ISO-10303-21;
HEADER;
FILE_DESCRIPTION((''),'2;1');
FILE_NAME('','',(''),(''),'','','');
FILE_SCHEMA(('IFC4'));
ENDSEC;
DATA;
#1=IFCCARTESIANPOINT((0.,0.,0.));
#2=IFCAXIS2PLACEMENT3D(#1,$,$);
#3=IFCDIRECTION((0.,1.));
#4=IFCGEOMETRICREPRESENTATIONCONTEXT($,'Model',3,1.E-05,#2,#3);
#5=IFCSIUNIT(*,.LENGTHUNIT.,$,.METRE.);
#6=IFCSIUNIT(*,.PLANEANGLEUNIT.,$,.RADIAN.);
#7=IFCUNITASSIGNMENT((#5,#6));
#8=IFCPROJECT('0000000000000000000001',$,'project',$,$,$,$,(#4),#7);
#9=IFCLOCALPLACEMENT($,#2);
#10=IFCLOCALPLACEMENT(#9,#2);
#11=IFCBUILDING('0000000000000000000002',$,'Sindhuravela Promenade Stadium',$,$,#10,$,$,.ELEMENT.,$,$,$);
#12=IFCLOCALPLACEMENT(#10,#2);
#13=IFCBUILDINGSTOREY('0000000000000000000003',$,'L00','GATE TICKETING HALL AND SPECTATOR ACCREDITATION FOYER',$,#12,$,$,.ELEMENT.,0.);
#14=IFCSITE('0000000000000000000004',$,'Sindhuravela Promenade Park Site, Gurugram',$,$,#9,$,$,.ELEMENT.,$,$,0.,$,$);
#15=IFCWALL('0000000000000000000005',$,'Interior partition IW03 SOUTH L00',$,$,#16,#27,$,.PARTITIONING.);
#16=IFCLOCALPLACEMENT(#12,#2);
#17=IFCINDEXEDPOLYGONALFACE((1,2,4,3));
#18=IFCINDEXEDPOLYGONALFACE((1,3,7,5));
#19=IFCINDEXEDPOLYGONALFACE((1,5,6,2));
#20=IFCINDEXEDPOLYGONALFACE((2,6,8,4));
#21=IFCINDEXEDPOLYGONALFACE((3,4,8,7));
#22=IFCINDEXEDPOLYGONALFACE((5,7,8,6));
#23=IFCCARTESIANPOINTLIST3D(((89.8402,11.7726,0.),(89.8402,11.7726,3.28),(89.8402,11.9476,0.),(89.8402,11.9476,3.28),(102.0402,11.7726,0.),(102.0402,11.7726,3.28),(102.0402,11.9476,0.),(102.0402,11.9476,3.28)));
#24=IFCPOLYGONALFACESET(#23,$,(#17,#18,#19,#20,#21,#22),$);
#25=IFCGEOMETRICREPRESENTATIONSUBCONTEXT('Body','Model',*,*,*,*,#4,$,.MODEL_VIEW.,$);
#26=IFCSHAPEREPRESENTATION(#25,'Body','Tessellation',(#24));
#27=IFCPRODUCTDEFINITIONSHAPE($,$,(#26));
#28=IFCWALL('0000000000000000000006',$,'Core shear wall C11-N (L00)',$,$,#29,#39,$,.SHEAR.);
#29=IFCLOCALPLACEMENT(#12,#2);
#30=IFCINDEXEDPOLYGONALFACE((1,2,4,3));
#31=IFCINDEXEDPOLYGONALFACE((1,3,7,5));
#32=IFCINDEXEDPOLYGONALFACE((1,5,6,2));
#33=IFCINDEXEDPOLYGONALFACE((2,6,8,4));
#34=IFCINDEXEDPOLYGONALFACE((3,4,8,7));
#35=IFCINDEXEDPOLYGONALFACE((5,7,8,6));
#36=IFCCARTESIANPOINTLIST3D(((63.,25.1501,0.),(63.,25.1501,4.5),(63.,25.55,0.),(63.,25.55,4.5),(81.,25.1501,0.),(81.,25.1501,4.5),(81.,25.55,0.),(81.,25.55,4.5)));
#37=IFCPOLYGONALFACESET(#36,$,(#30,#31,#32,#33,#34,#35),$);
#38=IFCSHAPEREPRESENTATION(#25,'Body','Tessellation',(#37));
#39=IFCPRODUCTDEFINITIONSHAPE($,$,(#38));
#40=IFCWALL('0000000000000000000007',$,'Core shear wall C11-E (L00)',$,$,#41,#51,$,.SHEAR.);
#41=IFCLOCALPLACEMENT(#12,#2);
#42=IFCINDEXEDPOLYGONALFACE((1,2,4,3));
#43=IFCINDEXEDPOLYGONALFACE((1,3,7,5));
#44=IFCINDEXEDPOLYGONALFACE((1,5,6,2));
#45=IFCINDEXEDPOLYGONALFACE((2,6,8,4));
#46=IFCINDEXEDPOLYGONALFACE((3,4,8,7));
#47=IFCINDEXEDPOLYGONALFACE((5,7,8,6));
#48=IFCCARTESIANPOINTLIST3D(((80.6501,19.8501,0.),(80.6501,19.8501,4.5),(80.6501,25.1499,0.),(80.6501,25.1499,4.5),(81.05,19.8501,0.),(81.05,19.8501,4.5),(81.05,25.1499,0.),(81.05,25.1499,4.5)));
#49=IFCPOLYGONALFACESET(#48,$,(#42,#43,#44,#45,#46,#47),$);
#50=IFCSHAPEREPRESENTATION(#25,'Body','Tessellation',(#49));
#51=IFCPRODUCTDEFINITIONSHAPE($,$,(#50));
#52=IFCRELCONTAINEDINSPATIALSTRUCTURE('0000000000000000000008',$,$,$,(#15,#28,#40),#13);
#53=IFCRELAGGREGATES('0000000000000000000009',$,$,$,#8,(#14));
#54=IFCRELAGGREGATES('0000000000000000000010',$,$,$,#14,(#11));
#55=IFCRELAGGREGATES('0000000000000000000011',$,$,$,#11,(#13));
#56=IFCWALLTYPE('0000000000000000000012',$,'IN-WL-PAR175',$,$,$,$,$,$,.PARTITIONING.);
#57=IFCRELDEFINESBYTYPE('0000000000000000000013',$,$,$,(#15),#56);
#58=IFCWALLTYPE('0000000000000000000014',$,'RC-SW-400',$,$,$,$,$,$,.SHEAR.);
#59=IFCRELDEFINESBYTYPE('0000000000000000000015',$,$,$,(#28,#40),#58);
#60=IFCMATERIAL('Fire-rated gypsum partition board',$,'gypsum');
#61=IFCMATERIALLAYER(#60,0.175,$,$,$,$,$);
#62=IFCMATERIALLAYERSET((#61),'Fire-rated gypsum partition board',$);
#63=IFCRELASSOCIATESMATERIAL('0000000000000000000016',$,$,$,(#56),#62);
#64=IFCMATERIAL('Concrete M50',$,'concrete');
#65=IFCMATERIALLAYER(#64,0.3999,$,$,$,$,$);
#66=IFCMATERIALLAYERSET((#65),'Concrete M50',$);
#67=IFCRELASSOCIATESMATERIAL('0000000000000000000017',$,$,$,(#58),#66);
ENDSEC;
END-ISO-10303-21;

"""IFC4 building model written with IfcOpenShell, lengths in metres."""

from ifc_helpers import new_model, si_unit, direction, frame, frame_2d, origin, place, context, subcontext, project, spatial, rectangle, extrude, material, layer, layer_set, type_object, element, save


model = new_model("IFC4")

# Units and contexts
model_context = context("Model", 3, precision=1e-05, world=origin(), true_north=direction((0.0, 1.0)))
body_context = subcontext(model_context, "Body", "Model", "MODEL_VIEW")
ifc_project = project(units=[si_unit("LENGTHUNIT", "METRE"), si_unit("PLANEANGLEUNIT", "RADIAN")], contexts=[model_context])

# Site, building, storey
site_placement = place(None, origin())
site = spatial("IfcSite", under=ifc_project, at=site_placement, Name="Sindhuravela Promenade Park Site, Gurugram", CompositionType="ELEMENT", RefElevation=0.0)
building_placement = place(site_placement, origin())
building = spatial("IfcBuilding", under=site, at=building_placement, Name="Sindhuravela Promenade Stadium", CompositionType="ELEMENT")
storey_placement = place(building_placement, origin())
storey = spatial("IfcBuildingStorey", under=building, at=storey_placement, Name="L00", Description="GATE TICKETING HALL AND SPECTATOR ACCREDITATION FOYER", CompositionType="ELEMENT", Elevation=0.0)

# Shared definitions
ifc_material_1 = material(Name="Concrete M50", Category="concrete")

# Shared definitions
ifc_material_2 = material(Name="Fire-rated gypsum partition board", Category="gypsum")

# Walls
ifc_layer_1 = layer(ifc_material_2, 0.175)
ifc_layer_set_1 = layer_set([ifc_layer_1], Name="Fire-rated gypsum partition board")
wall_type_1 = type_object("IfcWallType", Name="IN-WL-PAR175", PredefinedType="PARTITIONING", material=ifc_layer_set_1)
wall_1_placement = place(storey_placement, frame((89.8401, 11.8601, 0.0), z_axis=(0.0, 0.0, 1.0), x_axis=(1.0, 0.0, 0.0)))
element("IfcWall", 1, at=wall_1_placement, inside=storey, type_object=wall_type_1, Name="Interior partition IW03 SOUTH L00", PredefinedType="PARTITIONING", context=body_context, shape_type="SweptSolid", body=[
    extrude(rectangle(XDim=12.2, YDim=0.175, at=frame_2d((6.1001, 0.0))), origin(), (0.0, 0.0, 1.0), 3.28),
])
ifc_layer_2 = layer(ifc_material_1, 0.3999)
ifc_layer_set_2 = layer_set([ifc_layer_2], Name="Concrete M50")
wall_type_2 = type_object("IfcWallType", Name="RC-SW-400", PredefinedType="SHEAR", material=ifc_layer_set_2)
wall_2_placement = place(storey_placement, frame((81.0, 25.3501, 0.0), z_axis=(0.0, 0.0, 1.0), x_axis=(-1.0, 0.0, 0.0)))
element("IfcWall", 2, at=wall_2_placement, inside=storey, type_object=wall_type_2, Name="Core shear wall C11-N (L00)", PredefinedType="SHEAR", context=body_context, shape_type="SweptSolid", body=[
    extrude(rectangle(XDim=18.0, YDim=0.3999, at=frame_2d((9.0, 0.0))), origin(), (0.0, 0.0, 1.0), 4.5),
])
wall_3_placement = place(storey_placement, frame((80.8501, 19.8501, 0.0), z_axis=(0.0, 0.0, 1.0), x_axis=(0.0, 1.0, 0.0)))
element("IfcWall", 3, at=wall_3_placement, inside=storey, type_object=wall_type_2, Name="Core shear wall C11-E (L00)", PredefinedType="SHEAR", context=body_context, shape_type="SweptSolid", body=[
    extrude(rectangle(XDim=5.2998, YDim=0.3999, at=frame_2d((2.6499, 0.0))), origin(), (0.0, 0.0, 1.0), 4.5),
])

save(model, "model.ifc")
